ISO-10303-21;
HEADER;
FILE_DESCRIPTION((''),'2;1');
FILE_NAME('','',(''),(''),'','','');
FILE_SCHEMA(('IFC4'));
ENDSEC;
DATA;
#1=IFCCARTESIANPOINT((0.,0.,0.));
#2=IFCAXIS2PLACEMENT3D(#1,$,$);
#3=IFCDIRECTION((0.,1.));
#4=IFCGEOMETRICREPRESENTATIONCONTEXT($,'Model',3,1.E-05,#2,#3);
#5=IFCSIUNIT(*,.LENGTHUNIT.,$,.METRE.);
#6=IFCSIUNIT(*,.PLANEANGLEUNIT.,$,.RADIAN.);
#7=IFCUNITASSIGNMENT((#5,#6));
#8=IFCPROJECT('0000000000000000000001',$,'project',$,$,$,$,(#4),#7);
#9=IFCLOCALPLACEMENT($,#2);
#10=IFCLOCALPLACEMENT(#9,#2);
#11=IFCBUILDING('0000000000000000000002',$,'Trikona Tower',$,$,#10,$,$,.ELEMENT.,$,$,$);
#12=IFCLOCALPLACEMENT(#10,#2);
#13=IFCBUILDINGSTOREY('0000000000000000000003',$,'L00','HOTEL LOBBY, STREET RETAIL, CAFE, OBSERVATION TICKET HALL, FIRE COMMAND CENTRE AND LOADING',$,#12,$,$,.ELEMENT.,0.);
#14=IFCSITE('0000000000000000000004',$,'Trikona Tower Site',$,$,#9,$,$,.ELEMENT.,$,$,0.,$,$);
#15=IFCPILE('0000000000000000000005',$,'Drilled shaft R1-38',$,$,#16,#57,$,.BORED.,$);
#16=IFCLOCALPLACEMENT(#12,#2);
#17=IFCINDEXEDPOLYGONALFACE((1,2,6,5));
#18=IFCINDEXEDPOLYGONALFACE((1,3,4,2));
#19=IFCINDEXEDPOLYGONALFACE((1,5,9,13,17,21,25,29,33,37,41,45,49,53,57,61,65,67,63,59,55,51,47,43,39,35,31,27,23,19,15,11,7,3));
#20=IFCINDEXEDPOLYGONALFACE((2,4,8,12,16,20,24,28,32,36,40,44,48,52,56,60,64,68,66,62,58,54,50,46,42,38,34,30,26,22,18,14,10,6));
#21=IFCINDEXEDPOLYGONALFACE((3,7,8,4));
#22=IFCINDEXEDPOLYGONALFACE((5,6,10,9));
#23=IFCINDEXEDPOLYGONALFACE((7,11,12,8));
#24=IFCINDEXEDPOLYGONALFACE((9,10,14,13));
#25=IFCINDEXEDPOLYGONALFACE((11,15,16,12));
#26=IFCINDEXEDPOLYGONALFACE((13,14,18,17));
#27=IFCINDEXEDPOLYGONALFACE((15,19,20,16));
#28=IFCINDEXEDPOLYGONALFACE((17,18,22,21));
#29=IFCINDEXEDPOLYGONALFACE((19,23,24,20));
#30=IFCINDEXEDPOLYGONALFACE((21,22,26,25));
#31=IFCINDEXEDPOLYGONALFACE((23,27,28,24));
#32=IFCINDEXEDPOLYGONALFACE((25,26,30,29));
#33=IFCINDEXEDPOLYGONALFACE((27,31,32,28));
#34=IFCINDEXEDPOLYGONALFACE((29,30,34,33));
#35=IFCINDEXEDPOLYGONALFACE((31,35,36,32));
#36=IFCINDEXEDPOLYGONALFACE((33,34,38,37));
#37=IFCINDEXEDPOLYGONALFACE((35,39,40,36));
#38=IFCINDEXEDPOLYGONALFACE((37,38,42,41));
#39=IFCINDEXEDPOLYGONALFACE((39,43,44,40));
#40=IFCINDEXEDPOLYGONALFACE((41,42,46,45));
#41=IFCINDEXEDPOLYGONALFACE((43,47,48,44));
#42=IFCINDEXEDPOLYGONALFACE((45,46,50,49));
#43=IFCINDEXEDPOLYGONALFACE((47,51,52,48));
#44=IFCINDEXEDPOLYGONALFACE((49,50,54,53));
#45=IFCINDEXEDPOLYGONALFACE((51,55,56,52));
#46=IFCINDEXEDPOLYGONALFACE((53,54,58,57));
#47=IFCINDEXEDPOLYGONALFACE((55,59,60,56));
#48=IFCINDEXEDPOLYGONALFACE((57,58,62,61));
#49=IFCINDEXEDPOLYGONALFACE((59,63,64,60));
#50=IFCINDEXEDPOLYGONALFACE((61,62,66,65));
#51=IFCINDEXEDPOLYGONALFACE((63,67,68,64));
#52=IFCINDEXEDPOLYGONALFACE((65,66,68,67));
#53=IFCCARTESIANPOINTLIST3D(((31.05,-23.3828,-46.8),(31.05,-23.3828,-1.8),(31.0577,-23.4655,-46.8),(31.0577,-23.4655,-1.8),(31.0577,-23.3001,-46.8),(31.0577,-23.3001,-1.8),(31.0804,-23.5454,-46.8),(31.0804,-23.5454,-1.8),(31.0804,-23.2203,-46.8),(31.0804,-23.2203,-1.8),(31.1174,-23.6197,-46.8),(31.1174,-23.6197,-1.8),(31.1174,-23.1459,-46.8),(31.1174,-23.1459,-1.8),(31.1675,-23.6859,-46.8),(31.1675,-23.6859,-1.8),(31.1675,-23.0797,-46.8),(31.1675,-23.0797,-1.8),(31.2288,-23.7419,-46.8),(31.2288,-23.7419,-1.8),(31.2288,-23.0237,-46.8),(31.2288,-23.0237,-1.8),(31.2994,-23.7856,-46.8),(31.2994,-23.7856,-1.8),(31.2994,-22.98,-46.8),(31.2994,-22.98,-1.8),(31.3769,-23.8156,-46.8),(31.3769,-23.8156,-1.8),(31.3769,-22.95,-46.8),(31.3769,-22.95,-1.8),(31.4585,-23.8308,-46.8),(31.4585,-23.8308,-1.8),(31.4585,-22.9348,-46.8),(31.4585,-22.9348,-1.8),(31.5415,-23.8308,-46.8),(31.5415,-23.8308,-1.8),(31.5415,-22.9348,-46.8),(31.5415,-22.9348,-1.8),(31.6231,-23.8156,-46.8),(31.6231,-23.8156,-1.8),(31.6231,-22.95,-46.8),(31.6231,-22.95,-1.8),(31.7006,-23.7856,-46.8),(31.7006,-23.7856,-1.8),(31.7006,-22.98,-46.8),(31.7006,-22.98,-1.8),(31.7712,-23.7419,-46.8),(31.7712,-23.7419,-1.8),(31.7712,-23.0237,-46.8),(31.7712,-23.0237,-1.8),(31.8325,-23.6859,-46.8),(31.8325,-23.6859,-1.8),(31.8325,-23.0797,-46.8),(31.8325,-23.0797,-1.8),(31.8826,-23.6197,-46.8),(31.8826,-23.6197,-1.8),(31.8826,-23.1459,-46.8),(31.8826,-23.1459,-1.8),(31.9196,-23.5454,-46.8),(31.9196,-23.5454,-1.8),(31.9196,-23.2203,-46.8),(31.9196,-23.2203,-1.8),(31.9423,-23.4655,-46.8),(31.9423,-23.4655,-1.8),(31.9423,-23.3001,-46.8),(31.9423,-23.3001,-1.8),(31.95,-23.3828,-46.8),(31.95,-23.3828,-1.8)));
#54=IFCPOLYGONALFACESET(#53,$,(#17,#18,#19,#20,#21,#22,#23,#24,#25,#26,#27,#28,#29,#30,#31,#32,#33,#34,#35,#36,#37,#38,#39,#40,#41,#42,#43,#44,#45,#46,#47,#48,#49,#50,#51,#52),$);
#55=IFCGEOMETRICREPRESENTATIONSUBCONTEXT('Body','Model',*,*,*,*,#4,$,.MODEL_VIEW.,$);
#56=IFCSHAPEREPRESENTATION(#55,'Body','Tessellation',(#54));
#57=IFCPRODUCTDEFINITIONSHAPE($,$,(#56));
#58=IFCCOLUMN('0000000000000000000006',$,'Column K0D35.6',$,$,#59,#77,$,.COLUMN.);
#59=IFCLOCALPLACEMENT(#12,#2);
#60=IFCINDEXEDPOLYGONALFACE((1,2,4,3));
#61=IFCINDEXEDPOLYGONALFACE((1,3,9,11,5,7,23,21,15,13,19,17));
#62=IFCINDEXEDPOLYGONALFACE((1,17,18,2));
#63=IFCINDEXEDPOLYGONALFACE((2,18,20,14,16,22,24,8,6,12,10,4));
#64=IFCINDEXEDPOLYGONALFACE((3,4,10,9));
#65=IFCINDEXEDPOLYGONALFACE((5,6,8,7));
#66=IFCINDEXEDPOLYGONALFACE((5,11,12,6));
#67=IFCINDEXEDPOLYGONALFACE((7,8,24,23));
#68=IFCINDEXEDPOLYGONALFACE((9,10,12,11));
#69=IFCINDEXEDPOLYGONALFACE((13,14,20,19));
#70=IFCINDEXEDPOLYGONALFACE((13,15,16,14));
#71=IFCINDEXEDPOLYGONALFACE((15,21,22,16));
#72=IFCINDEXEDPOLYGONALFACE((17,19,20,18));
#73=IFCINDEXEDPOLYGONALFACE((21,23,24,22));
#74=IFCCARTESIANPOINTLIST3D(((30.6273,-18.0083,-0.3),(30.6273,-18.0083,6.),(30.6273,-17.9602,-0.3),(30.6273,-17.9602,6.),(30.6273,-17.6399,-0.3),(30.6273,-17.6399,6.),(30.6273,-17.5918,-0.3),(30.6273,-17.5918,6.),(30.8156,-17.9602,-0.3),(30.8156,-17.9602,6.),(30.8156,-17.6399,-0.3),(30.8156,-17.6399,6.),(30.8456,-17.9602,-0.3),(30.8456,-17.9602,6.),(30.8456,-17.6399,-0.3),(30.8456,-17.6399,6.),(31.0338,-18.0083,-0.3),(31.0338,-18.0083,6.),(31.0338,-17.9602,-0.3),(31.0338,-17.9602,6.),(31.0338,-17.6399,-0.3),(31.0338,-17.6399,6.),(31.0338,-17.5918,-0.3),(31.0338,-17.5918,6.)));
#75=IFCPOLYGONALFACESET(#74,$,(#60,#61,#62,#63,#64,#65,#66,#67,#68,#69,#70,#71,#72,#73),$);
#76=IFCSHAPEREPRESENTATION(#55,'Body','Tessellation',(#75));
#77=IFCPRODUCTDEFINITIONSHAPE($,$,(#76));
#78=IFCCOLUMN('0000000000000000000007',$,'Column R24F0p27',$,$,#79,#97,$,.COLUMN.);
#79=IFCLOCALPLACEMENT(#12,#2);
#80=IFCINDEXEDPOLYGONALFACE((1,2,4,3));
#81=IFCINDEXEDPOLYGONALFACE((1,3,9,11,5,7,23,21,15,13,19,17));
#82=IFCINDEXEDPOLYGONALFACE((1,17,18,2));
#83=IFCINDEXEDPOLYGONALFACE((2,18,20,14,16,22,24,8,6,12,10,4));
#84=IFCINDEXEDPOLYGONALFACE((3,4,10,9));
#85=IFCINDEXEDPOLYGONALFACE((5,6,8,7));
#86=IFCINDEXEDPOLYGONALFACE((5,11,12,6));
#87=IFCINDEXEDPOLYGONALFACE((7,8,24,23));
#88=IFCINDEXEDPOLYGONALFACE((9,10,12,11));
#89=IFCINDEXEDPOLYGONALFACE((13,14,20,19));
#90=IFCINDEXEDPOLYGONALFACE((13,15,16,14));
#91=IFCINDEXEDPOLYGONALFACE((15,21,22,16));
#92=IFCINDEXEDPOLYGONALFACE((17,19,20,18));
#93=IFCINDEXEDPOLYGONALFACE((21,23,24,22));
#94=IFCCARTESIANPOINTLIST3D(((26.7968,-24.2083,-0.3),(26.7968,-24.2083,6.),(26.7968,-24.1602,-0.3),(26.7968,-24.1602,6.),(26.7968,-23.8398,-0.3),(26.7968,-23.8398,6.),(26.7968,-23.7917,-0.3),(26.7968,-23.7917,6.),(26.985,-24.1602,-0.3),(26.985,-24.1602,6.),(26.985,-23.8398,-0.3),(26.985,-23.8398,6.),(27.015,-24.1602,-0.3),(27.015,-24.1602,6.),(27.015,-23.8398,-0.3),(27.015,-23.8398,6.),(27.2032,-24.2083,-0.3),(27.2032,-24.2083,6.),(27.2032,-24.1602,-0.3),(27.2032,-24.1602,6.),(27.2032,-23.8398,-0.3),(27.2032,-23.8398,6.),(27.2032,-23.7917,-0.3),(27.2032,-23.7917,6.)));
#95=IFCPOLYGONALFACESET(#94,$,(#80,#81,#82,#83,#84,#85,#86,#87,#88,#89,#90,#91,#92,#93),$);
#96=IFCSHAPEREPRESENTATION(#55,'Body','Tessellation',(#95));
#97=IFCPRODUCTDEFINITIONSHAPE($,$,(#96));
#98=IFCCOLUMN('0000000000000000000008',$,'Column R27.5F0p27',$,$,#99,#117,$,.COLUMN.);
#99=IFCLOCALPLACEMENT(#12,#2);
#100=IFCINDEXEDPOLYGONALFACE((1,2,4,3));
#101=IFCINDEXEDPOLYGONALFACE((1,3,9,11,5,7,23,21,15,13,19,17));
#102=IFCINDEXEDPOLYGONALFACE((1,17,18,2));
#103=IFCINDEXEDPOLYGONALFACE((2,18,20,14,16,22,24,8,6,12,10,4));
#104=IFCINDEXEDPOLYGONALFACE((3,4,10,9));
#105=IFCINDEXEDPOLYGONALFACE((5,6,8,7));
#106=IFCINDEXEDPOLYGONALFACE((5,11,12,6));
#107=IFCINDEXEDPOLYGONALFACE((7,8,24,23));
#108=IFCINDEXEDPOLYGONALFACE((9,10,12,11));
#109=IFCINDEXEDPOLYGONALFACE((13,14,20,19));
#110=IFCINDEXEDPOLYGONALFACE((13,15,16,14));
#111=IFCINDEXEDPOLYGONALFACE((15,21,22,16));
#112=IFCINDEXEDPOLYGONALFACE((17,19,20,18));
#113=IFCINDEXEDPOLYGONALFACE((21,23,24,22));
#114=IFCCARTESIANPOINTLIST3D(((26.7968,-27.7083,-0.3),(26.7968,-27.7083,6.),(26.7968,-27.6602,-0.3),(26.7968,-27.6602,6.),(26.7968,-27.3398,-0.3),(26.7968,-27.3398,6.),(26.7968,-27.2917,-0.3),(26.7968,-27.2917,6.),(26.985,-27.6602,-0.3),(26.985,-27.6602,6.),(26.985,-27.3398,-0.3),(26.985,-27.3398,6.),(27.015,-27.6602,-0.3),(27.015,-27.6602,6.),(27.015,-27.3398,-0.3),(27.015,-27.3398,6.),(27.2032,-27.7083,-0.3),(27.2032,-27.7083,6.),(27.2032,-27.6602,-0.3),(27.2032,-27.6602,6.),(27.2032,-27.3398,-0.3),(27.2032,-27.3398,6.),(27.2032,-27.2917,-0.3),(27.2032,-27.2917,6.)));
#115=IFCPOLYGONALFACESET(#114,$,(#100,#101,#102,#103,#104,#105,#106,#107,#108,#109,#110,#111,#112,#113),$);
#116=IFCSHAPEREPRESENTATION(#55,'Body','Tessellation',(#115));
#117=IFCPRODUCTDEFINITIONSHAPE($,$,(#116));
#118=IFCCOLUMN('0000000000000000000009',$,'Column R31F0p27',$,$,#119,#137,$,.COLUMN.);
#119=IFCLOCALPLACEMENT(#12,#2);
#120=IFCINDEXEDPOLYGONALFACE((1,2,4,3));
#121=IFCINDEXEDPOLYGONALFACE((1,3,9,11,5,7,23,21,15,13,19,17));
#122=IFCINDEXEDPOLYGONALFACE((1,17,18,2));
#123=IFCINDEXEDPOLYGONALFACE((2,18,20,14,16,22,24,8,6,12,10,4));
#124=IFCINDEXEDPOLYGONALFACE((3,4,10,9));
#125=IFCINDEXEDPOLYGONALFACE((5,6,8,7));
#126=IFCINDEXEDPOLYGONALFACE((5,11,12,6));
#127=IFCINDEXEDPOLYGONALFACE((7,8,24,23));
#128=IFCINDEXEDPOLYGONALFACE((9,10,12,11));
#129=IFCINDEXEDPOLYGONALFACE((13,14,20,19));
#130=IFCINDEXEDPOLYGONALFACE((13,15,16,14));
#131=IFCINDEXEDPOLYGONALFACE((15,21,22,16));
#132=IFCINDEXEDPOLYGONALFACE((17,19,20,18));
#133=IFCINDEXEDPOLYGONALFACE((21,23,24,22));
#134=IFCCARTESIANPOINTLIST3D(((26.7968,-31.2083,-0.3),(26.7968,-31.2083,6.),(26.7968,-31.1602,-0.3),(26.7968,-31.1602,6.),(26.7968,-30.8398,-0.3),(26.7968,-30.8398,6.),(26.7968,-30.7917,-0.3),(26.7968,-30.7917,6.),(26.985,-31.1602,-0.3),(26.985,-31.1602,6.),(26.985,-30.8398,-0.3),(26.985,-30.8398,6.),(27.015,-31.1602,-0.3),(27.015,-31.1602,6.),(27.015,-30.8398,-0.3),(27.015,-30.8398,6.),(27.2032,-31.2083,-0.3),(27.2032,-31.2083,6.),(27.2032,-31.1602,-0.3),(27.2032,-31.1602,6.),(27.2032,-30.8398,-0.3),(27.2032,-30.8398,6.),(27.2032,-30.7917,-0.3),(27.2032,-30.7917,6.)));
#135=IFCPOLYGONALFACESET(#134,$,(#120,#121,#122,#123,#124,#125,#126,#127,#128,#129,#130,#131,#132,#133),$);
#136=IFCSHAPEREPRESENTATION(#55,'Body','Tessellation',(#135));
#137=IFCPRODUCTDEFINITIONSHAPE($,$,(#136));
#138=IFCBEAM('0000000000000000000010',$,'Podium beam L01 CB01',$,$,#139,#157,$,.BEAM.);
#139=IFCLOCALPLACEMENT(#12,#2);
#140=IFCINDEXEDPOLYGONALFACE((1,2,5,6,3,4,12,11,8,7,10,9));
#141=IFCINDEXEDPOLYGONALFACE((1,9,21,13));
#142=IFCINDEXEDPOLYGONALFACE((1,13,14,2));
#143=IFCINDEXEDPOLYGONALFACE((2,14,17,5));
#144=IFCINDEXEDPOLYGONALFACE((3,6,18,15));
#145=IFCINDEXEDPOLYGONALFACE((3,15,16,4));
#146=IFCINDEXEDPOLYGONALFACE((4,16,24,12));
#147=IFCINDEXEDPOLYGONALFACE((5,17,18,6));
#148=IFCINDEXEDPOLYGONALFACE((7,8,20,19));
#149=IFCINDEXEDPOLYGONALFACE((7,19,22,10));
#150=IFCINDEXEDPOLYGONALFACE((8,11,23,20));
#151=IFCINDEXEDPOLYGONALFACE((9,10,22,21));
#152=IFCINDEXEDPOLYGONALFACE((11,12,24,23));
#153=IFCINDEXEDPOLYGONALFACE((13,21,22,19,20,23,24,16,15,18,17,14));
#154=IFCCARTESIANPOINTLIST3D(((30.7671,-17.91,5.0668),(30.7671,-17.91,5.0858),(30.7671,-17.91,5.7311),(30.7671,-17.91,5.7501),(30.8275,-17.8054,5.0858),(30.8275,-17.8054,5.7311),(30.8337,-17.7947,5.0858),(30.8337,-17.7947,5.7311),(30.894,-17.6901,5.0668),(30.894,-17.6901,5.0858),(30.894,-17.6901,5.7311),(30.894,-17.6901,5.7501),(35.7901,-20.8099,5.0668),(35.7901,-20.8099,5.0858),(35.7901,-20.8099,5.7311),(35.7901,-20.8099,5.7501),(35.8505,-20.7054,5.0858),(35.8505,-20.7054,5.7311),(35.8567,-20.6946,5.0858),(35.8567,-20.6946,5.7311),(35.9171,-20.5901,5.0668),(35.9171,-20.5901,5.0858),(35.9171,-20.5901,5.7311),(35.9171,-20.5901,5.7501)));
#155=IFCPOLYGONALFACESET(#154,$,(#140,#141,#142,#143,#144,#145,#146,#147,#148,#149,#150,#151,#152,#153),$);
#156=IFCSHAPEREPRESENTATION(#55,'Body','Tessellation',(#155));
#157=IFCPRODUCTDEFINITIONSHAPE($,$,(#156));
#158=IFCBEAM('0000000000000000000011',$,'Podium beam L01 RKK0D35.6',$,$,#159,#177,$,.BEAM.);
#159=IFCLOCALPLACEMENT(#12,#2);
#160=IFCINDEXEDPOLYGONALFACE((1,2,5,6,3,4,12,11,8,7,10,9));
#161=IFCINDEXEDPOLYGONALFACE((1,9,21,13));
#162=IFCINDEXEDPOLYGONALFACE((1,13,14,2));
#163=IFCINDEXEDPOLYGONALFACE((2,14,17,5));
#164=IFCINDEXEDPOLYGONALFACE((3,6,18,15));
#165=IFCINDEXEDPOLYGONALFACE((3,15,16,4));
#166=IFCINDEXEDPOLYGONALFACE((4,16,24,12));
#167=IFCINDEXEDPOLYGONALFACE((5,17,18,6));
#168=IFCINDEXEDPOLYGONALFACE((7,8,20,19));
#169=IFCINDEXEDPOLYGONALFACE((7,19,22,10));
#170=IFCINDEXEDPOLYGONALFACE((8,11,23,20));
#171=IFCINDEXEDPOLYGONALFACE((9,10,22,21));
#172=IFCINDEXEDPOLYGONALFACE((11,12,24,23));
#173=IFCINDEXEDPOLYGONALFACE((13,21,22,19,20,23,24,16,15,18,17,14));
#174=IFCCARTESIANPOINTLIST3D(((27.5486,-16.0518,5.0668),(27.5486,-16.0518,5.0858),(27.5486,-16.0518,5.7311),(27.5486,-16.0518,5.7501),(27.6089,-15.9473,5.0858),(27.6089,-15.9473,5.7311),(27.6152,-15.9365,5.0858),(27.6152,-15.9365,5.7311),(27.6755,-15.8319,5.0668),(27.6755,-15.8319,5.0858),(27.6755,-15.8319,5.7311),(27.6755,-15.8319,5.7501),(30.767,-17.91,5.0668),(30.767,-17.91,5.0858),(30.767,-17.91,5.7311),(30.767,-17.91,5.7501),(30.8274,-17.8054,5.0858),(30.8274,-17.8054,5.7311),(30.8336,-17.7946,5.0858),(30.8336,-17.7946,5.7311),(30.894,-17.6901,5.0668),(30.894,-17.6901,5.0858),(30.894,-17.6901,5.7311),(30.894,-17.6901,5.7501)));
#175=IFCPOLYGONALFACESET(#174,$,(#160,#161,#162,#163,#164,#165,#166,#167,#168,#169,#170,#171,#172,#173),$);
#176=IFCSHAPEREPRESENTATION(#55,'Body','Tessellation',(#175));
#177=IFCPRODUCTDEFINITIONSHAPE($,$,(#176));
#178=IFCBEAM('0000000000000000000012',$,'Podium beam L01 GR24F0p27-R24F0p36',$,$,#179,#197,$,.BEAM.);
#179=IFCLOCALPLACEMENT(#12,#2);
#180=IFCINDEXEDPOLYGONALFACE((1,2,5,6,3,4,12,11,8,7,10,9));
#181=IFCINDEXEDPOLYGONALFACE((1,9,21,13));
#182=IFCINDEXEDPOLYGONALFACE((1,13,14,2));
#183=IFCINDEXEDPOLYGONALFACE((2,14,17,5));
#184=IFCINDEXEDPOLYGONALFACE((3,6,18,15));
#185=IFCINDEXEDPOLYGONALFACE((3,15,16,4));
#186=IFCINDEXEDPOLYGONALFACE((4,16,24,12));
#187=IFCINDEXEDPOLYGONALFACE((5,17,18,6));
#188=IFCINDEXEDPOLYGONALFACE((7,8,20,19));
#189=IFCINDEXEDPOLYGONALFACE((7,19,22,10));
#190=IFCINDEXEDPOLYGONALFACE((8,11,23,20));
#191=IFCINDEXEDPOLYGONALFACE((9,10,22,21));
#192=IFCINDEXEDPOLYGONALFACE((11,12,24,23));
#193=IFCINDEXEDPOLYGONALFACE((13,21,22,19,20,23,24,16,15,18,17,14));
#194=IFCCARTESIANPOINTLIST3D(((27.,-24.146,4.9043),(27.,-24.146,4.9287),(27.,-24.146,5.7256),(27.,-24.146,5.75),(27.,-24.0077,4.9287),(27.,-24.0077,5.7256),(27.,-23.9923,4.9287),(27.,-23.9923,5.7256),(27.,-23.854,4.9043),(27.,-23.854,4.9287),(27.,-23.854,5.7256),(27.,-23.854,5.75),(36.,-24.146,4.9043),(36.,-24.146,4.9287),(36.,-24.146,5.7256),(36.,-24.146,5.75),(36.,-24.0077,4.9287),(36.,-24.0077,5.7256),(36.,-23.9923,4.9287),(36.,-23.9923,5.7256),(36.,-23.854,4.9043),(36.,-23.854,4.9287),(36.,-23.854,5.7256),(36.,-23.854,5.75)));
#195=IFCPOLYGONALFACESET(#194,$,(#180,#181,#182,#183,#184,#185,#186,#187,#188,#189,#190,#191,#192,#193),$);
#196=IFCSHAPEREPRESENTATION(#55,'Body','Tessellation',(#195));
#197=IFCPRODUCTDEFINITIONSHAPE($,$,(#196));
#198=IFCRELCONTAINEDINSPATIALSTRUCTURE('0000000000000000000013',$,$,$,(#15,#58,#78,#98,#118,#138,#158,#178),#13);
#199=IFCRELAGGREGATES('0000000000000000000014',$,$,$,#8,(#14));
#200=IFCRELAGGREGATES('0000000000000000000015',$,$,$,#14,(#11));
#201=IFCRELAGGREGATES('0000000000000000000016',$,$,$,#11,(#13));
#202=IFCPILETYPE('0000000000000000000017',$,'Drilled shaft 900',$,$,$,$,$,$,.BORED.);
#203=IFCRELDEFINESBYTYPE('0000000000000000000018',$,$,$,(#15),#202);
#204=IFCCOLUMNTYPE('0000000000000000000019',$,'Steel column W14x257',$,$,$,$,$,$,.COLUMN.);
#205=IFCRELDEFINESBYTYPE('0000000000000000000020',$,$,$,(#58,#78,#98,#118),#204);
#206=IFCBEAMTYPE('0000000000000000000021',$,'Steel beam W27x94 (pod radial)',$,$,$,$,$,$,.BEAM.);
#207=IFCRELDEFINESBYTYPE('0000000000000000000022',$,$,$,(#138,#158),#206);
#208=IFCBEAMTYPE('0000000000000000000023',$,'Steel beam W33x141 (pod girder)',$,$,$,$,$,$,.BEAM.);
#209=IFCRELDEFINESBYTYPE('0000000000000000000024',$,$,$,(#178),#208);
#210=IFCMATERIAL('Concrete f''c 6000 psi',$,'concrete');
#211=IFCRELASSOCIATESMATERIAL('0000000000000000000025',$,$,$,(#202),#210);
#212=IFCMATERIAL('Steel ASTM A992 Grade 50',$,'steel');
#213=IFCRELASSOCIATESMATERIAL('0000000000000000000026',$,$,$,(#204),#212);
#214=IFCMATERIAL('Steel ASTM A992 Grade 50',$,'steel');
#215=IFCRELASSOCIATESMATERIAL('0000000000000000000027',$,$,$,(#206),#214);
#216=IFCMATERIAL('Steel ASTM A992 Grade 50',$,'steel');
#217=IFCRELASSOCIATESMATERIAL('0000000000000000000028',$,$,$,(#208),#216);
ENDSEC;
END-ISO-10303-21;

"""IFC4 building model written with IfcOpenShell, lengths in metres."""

from ifc_helpers import new_model, si_unit, direction, frame, origin, origin_2d, place, context, subcontext, project, spatial, circle, i_section, extrude, material, material_profile, profile_set, type_object, element, save


model = new_model("IFC4")

# Units and contexts
model_context = context("Model", 3, precision=1e-05, world=origin(), true_north=direction((0.0, 1.0)))
body_context = subcontext(model_context, "Body", "Model", "MODEL_VIEW")
ifc_project = project(units=[si_unit("LENGTHUNIT", "METRE"), si_unit("PLANEANGLEUNIT", "RADIAN")], contexts=[model_context])

# Site, building, storey
site_placement = place(None, origin())
site = spatial("IfcSite", under=ifc_project, at=site_placement, Name="Trikona Tower Site", CompositionType="ELEMENT", RefElevation=0.0)
building_placement = place(site_placement, origin())
building = spatial("IfcBuilding", under=site, at=building_placement, Name="Trikona Tower", CompositionType="ELEMENT")
storey_placement = place(building_placement, origin())
storey = spatial("IfcBuildingStorey", under=building, at=storey_placement, Name="L00", Description="HOTEL LOBBY, STREET RETAIL, CAFE, OBSERVATION TICKET HALL, FIRE COMMAND CENTRE AND LOADING", CompositionType="ELEMENT", Elevation=0.0)

# Pile
ifc_material_1 = material(Name="Concrete f'c 6000 psi", Category="concrete")
pile_type_1 = type_object("IfcPileType", Name="Drilled shaft 900", PredefinedType="BORED", material=ifc_material_1)
for number, where, z_axis, x_axis, name in (
    (1, (31.5, -23.3828, -1.8), (0.0, 0.0, -1.0), (1.0, 0.0, 0.0), "Drilled shaft R1-38"),
):
    element("IfcPile", number, at=place(storey_placement, frame(where, z_axis=z_axis, x_axis=x_axis)), inside=storey, type_object=pile_type_1, Name=name, PredefinedType="BORED", context=body_context, shape_type="SweptSolid", body=[
        extrude(circle(Radius=0.45, at=origin_2d()), origin(), (0.0, 0.0, 1.0), 45.0),
    ])

# Columns
ifc_material_2 = material(Name="Steel ASTM A992 Grade 50", Category="steel")
ifc_material_profile_1 = material_profile(ifc_material_2, i_section(OverallWidth=0.4065, OverallDepth=0.4165, WebThickness=0.03, FlangeThickness=0.0481, at=origin_2d()), Name="W14X257")
ifc_profile_set_1 = profile_set([ifc_material_profile_1], Name="Steel ASTM A992 Grade 50")
column_type = type_object("IfcColumnType", Name="Steel column W14x257", PredefinedType="COLUMN", material=ifc_profile_set_1)
for number, where, z_axis, x_axis, name in (
    (2, (30.8306, -17.8, -0.3), (0.0, 0.0, 1.0), (1.0, 0.0, 0.0), "Column K0D35.6"),
    (3, (27.0, -24.0, -0.3), (0.0, 0.0, 1.0), (1.0, 0.0, 0.0), "Column R24F0p27"),
    (4, (27.0, -27.5, -0.3), (0.0, 0.0, 1.0), (1.0, 0.0, 0.0), "Column R27.5F0p27"),
    (5, (27.0, -31.0, -0.3), (0.0, 0.0, 1.0), (1.0, 0.0, 0.0), "Column R31F0p27"),
):
    element("IfcColumn", number, at=place(storey_placement, frame(where, z_axis=z_axis, x_axis=x_axis)), inside=storey, type_object=column_type, Name=name, PredefinedType="COLUMN", context=body_context, shape_type="SweptSolid", body=[
        extrude(i_section(OverallWidth=0.4065, OverallDepth=0.4165, WebThickness=0.03, FlangeThickness=0.0481, at=origin_2d()), origin(), (0.0, 0.0, 1.0), 6.3),
    ])

# Beams
ifc_material_3 = material(Name="Steel ASTM A992 Grade 50", Category="steel")
ifc_material_profile_2 = material_profile(ifc_material_3, i_section(OverallWidth=0.2539, OverallDepth=0.6833, WebThickness=0.0125, FlangeThickness=0.019, at=origin_2d()), Name="W27X94")
ifc_profile_set_2 = profile_set([ifc_material_profile_2], Name="Steel ASTM A992 Grade 50")
beam_type_1 = type_object("IfcBeamType", Name="Steel beam W27x94 (pod radial)", PredefinedType="BEAM", material=ifc_profile_set_2)
beam_1_placement = place(storey_placement, frame((30.8306, -17.8, 5.4084), z_axis=(0.866033, -0.499987, 0.0), x_axis=(0.499987, 0.866033, 0.0)))
element("IfcBeam", 6, at=beam_1_placement, inside=storey, type_object=beam_type_1, Name="Podium beam L01 CB01", PredefinedType="BEAM", context=body_context, shape_type="SweptSolid", body=[
    extrude(i_section(OverallWidth=0.2539, OverallDepth=0.6833, WebThickness=0.0125, FlangeThickness=0.019, at=origin_2d()), origin(), (0.0, 0.0, 1.0), 5.8),
])
beam_2_placement = place(storey_placement, frame((27.6121, -15.9419, 5.4084), z_axis=(0.866031, -0.49999, 0.0), x_axis=(0.49999, 0.866031, 0.0)))
element("IfcBeam", 7, at=beam_2_placement, inside=storey, type_object=beam_type_1, Name="Podium beam L01 RKK0D35.6", PredefinedType="BEAM", context=body_context, shape_type="SweptSolid", body=[
    extrude(i_section(OverallWidth=0.2539, OverallDepth=0.6833, WebThickness=0.0125, FlangeThickness=0.019, at=origin_2d()), origin(), (0.0, 0.0, 1.0), 3.7163),
])
ifc_material_4 = material(Name="Steel ASTM A992 Grade 50", Category="steel")
ifc_material_profile_3 = material_profile(ifc_material_4, i_section(OverallWidth=0.292, OverallDepth=0.8457, WebThickness=0.0154, FlangeThickness=0.0244, at=origin_2d()), Name="W33X141")
ifc_profile_set_3 = profile_set([ifc_material_profile_3], Name="Steel ASTM A992 Grade 50")
beam_type_2 = type_object("IfcBeamType", Name="Steel beam W33x141 (pod girder)", PredefinedType="BEAM", material=ifc_profile_set_3)
for number, where, z_axis, x_axis, name in (
    (8, (27.0, -24.0, 5.3271), (1.0, 0.0, 0.0), (0.0, 1.0, 0.0), "Podium beam L01 GR24F0p27-R24F0p36"),
):
    element("IfcBeam", number, at=place(storey_placement, frame(where, z_axis=z_axis, x_axis=x_axis)), inside=storey, type_object=beam_type_2, Name=name, PredefinedType="BEAM", context=body_context, shape_type="SweptSolid", body=[
        extrude(i_section(OverallWidth=0.292, OverallDepth=0.8457, WebThickness=0.0154, FlangeThickness=0.0244, at=origin_2d()), origin(), (0.0, 0.0, 1.0), 9.0),
    ])

save(model, "model.ifc")
